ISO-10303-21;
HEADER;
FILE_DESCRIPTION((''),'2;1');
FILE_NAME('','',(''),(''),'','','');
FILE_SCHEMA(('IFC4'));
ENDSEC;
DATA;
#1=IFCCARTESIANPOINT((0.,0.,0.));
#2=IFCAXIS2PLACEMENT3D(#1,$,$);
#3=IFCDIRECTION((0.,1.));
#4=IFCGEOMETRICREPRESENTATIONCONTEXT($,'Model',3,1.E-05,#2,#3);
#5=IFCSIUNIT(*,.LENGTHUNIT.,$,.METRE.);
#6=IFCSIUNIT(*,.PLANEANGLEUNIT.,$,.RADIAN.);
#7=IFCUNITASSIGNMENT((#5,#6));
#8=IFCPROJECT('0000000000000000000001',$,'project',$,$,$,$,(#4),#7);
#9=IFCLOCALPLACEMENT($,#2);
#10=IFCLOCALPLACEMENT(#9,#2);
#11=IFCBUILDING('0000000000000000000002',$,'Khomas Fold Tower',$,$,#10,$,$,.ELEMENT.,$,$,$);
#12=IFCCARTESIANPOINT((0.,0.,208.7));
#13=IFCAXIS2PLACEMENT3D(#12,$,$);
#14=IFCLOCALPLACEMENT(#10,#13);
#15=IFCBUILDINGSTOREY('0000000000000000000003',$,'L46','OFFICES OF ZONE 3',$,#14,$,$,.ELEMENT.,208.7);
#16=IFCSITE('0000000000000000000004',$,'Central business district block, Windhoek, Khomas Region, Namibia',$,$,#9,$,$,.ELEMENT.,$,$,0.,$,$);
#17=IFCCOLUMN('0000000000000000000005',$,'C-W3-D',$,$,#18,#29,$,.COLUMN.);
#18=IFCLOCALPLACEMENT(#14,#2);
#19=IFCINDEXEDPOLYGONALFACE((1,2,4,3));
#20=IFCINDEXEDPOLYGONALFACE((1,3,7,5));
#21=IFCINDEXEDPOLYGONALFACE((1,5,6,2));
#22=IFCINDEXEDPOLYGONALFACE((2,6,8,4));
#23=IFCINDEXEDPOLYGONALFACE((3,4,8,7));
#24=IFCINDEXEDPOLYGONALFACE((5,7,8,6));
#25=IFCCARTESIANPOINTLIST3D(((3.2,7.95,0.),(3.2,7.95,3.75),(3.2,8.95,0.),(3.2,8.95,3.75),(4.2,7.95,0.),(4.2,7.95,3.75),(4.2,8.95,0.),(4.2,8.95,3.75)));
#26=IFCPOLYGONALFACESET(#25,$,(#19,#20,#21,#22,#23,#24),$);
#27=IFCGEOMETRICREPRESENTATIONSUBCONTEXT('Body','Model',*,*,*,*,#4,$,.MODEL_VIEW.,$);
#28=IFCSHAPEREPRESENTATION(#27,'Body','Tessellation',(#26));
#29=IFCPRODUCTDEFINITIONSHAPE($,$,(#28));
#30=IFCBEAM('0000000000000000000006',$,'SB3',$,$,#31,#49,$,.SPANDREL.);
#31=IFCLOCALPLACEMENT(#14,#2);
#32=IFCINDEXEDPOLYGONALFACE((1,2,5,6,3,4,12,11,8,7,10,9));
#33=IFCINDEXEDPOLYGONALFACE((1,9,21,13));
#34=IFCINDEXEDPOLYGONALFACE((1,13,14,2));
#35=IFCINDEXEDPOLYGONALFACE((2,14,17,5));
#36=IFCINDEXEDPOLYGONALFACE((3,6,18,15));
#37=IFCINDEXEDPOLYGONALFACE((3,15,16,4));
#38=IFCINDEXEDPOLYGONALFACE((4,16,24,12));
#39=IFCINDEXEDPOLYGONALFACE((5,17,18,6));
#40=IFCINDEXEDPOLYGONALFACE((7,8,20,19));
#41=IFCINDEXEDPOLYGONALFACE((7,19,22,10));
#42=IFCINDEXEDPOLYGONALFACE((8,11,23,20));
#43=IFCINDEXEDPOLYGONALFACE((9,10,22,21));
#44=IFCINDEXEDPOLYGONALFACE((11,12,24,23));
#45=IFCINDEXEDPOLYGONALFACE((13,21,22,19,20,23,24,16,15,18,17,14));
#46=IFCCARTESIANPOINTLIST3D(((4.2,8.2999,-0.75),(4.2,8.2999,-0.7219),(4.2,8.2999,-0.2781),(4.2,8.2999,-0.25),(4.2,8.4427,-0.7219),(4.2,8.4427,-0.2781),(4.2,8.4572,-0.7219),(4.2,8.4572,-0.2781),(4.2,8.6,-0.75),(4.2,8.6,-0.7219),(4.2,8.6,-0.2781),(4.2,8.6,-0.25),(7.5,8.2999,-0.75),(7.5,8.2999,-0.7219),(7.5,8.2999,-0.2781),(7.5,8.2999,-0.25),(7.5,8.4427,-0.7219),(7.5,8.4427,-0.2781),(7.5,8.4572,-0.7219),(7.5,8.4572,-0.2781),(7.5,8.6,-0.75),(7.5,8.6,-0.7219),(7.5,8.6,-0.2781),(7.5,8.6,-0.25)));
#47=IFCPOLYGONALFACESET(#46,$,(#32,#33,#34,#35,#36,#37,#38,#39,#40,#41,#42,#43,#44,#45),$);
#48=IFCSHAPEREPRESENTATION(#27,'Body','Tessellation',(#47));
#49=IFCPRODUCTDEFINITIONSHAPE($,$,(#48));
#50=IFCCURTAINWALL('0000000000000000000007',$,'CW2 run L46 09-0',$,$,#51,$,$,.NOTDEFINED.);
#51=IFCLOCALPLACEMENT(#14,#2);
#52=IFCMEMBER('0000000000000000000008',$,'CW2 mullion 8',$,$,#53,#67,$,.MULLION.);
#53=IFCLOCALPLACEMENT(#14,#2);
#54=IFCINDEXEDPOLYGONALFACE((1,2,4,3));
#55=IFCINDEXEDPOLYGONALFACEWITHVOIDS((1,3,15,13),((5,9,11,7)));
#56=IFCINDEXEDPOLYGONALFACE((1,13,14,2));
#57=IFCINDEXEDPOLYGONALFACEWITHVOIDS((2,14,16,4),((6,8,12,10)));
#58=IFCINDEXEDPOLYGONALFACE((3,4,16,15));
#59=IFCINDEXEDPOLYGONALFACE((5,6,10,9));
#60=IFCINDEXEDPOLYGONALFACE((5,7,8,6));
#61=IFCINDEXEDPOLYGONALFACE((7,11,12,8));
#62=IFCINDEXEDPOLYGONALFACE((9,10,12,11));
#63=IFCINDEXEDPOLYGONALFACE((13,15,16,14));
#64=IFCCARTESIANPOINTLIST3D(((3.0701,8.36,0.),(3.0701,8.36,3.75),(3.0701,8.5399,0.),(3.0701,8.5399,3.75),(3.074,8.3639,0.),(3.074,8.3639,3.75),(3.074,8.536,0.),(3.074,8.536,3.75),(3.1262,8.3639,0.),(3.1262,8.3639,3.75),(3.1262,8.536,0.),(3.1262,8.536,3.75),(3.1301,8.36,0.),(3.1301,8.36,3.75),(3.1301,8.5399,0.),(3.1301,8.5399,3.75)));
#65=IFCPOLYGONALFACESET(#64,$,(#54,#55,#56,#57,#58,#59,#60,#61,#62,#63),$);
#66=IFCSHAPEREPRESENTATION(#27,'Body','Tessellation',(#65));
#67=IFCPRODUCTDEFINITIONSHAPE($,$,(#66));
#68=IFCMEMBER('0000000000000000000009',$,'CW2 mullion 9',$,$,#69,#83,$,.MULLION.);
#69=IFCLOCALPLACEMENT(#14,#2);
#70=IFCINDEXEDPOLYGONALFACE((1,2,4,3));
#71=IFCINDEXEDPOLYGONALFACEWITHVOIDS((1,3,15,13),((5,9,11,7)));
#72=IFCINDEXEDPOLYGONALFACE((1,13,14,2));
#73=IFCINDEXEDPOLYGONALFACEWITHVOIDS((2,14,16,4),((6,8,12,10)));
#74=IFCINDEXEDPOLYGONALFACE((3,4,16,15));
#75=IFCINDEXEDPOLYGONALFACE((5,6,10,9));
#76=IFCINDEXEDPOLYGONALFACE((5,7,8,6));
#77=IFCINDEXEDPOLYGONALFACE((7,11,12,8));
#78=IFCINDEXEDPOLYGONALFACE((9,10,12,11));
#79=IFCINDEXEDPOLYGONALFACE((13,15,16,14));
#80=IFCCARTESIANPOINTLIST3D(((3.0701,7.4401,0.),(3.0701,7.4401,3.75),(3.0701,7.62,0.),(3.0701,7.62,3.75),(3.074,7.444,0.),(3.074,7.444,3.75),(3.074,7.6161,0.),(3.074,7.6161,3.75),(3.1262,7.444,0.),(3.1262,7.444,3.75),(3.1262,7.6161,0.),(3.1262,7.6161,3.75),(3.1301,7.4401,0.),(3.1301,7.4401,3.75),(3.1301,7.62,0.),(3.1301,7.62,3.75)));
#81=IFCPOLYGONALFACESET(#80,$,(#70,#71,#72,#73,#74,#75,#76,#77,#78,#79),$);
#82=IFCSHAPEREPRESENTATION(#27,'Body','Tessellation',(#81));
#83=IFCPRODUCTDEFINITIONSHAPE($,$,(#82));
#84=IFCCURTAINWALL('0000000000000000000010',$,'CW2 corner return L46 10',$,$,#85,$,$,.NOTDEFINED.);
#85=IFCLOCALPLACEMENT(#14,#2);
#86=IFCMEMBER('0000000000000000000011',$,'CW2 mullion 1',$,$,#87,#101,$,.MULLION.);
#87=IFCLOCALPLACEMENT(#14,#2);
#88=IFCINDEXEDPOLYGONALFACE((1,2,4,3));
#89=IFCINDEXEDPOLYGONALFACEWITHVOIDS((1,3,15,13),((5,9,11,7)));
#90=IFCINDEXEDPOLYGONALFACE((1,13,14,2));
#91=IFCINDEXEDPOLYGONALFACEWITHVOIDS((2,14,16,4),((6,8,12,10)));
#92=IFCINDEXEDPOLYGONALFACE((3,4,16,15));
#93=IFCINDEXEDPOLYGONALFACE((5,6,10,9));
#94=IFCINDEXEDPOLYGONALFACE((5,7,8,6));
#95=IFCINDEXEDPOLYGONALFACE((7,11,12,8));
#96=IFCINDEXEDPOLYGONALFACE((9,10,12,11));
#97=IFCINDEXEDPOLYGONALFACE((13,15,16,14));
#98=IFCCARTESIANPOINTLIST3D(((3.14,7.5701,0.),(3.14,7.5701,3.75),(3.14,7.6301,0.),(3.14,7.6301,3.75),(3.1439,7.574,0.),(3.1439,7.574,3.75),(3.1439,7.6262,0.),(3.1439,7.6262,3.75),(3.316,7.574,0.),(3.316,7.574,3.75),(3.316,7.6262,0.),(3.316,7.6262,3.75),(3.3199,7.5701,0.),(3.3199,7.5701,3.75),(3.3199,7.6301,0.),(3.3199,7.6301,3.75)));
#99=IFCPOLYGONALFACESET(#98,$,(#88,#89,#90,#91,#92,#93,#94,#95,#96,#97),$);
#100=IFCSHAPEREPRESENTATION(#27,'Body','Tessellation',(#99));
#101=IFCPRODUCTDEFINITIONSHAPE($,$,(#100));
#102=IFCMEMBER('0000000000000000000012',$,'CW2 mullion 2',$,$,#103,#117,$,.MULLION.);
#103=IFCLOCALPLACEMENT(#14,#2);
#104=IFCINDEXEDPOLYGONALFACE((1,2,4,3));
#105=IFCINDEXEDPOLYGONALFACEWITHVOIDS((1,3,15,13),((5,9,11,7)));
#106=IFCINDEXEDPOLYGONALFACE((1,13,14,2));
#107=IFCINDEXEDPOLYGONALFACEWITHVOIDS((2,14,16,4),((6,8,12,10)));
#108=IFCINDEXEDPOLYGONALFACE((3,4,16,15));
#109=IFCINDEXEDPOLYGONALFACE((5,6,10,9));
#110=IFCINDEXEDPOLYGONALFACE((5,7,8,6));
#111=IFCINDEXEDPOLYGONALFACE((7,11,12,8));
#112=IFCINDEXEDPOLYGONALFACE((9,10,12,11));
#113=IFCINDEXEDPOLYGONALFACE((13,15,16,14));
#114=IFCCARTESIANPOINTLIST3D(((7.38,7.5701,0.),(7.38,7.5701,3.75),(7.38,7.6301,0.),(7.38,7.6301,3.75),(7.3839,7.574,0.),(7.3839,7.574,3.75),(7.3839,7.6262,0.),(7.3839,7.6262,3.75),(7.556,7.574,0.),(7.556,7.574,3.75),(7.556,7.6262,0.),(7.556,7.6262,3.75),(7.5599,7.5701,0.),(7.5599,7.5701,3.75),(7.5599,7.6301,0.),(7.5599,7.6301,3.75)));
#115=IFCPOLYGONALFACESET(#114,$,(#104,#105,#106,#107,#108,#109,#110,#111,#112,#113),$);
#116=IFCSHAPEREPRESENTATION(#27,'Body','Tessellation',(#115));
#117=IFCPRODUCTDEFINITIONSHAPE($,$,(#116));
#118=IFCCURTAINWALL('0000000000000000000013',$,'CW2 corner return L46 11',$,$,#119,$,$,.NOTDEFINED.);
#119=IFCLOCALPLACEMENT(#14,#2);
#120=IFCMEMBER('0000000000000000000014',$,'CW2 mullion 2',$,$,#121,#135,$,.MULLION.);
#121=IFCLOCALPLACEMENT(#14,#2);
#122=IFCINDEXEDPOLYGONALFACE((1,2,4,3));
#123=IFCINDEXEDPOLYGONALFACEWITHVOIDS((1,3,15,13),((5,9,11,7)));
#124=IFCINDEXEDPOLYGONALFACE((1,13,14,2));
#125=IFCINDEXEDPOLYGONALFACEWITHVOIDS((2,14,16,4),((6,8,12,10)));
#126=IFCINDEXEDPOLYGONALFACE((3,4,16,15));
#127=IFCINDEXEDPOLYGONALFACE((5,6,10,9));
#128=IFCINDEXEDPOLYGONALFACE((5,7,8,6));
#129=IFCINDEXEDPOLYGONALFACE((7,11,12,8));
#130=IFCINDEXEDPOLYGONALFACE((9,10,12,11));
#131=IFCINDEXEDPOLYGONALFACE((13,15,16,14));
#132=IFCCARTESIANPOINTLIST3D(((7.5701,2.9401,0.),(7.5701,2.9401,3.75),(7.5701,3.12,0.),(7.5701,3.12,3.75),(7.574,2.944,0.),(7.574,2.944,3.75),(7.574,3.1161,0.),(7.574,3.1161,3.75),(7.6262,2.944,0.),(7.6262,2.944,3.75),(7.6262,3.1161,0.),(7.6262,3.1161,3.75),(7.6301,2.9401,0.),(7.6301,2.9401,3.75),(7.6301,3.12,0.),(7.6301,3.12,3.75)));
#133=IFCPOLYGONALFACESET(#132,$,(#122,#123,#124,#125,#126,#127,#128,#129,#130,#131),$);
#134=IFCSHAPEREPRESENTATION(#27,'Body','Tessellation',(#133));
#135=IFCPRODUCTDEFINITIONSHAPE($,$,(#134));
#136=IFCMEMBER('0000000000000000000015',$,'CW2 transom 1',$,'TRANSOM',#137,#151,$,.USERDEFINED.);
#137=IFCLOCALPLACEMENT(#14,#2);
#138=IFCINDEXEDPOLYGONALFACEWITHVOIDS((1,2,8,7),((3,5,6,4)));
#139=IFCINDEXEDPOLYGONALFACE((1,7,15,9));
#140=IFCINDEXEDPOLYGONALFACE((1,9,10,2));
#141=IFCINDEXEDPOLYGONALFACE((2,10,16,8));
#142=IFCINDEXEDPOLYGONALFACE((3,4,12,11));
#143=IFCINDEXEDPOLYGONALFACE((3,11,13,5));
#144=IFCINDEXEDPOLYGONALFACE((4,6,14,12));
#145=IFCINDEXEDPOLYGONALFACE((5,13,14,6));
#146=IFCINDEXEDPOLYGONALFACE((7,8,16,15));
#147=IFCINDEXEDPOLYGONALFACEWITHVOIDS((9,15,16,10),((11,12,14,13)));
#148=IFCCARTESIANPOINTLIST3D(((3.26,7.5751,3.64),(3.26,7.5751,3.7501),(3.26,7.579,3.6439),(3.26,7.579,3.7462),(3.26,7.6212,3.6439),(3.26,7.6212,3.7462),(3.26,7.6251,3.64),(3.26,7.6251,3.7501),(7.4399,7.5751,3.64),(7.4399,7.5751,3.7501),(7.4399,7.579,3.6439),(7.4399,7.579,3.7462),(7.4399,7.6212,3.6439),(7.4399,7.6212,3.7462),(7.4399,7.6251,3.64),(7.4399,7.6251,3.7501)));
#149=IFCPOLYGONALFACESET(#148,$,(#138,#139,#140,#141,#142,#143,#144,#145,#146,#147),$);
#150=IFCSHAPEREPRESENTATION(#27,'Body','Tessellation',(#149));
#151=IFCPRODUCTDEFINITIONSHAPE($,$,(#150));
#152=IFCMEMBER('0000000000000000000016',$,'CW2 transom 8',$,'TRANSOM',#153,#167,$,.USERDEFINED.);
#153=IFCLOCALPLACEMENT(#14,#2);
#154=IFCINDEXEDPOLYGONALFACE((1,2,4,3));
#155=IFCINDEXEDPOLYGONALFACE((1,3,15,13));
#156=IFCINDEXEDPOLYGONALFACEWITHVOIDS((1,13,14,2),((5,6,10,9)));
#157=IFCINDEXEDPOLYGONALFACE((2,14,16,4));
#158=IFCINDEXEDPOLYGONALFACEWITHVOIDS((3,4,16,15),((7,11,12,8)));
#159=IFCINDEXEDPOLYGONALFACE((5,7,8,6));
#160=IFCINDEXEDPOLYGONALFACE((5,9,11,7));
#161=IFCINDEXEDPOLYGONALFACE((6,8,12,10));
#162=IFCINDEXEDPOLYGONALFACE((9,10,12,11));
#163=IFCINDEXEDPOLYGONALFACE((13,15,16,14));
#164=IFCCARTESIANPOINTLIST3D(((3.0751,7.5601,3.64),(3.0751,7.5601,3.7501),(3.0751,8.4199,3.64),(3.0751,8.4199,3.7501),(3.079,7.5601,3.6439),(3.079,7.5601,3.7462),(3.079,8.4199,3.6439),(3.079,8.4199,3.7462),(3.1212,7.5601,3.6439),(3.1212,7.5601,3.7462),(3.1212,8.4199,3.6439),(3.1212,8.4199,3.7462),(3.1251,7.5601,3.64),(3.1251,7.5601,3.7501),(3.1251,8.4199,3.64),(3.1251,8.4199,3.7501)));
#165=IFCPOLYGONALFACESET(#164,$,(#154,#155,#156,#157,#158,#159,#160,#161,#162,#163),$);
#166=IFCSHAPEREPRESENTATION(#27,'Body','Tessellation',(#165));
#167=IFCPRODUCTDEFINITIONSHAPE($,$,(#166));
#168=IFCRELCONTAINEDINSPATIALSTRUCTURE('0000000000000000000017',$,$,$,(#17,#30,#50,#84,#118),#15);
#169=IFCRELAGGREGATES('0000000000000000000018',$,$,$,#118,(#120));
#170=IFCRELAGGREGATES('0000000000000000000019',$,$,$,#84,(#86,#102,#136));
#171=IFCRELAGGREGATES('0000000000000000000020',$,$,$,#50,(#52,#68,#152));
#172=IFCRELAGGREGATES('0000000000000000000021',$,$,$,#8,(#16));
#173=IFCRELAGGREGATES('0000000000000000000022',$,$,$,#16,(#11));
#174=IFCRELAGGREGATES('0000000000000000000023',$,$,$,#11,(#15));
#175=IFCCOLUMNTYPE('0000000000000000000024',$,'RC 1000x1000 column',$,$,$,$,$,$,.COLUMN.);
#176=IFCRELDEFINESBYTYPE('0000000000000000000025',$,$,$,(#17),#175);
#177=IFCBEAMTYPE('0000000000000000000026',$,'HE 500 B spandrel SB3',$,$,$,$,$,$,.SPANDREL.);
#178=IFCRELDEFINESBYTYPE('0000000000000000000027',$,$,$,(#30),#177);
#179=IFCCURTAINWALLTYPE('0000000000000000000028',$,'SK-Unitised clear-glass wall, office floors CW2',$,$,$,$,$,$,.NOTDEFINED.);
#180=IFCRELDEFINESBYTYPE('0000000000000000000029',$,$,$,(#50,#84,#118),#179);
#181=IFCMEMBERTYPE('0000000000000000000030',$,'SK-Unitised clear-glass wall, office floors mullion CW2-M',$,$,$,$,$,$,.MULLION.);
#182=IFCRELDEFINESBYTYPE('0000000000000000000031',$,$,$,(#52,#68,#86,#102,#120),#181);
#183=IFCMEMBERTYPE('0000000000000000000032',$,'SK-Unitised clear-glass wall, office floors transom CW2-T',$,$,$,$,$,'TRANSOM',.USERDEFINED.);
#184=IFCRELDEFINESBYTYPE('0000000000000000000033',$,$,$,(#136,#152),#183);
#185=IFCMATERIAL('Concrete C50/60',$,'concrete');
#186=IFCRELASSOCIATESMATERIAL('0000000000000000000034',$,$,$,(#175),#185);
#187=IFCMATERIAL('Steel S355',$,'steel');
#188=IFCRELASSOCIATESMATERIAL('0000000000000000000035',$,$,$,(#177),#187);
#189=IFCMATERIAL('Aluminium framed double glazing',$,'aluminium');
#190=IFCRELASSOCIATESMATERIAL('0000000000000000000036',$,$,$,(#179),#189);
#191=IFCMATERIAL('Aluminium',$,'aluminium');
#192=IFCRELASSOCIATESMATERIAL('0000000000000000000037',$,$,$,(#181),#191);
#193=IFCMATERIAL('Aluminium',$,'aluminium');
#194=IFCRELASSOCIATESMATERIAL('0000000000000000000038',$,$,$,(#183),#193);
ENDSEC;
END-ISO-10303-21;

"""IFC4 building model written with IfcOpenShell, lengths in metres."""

from ifc_helpers import new_model, si_unit, direction, frame, origin, origin_2d, place, context, subcontext, project, spatial, rectangle, hollow_rectangle, i_section, extrude, source, transform, mapped, material, material_profile, profile_set, type_object, element, aggregate, save


model = new_model("IFC4")

# Units and contexts
model_context = context("Model", 3, precision=1e-05, world=origin(), true_north=direction((0.0, 1.0)))
body_context = subcontext(model_context, "Body", "Model", "MODEL_VIEW")
ifc_project = project(units=[si_unit("LENGTHUNIT", "METRE"), si_unit("PLANEANGLEUNIT", "RADIAN")], contexts=[model_context])

# Site, building, storey
site_placement = place(None, origin())
site = spatial("IfcSite", under=ifc_project, at=site_placement, Name="Central business district block, Windhoek, Khomas Region, Namibia", CompositionType="ELEMENT", RefElevation=0.0)
building_placement = place(site_placement, origin())
building = spatial("IfcBuilding", under=site, at=building_placement, Name="Khomas Fold Tower", CompositionType="ELEMENT")
storey_placement = place(building_placement, frame((0.0, 0.0, 208.7)))
storey = spatial("IfcBuildingStorey", under=building, at=storey_placement, Name="L46", Description="OFFICES OF ZONE 3", CompositionType="ELEMENT", Elevation=208.7)

# Column
ifc_material_1 = material(Name="Concrete C50/60", Category="concrete")
ifc_material_profile_1 = material_profile(ifc_material_1, rectangle(XDim=1.0, YDim=1.0, at=origin_2d()), Name="RC 1000x1000")
ifc_profile_set_1 = profile_set([ifc_material_profile_1], Name="Concrete C50/60")
column_type = type_object("IfcColumnType", Name="RC 1000x1000 column", PredefinedType="COLUMN", material=ifc_profile_set_1)
shared_shape_1 = source(origin(), body_context, "Body", "SweptSolid", [
    extrude(rectangle(XDim=1.0, YDim=1.0, at=origin_2d()), origin(), (0.0, 0.0, 1.0), 3.75),
])
column_placement = place(storey_placement, frame((3.7, 8.45, 0.0), z_axis=(0.0, 0.0, 1.0), x_axis=(1.0, 0.0, 0.0)))
element("IfcColumn", 1, at=column_placement, inside=storey, type_object=column_type, Name="C-W3-D", PredefinedType="COLUMN", context=body_context, shape_type="MappedRepresentation", body=[
    mapped(shared_shape_1, transform((0.0, 0.0, 0.0))),
])

# Beam
ifc_material_2 = material(Name="Steel S355", Category="steel")
ifc_material_profile_2 = material_profile(ifc_material_2, i_section(OverallWidth=0.3, OverallDepth=0.5, WebThickness=0.0144, FlangeThickness=0.0281, at=origin_2d()), Name="HE 500 B")
ifc_profile_set_2 = profile_set([ifc_material_profile_2], Name="Steel S355")
beam_type = type_object("IfcBeamType", Name="HE 500 B spandrel SB3", PredefinedType="SPANDREL", material=ifc_profile_set_2)
shared_shape_2 = source(origin(), body_context, "Body", "SweptSolid", [
    extrude(i_section(OverallWidth=0.3, OverallDepth=0.5, WebThickness=0.0144, FlangeThickness=0.0281, at=origin_2d()), origin(), (0.0, 0.0, 1.0), 3.3),
])
beam_placement = place(storey_placement, frame((4.2, 8.45, -0.5), z_axis=(1.0, 0.0, 0.0), x_axis=(0.0, 1.0, 0.0)))
element("IfcBeam", 2, at=beam_placement, inside=storey, type_object=beam_type, Name="SB3", PredefinedType="SPANDREL", context=body_context, shape_type="MappedRepresentation", body=[
    mapped(shared_shape_2, transform((0.0, 0.0, 0.0))),
])

# Curtain walls, members
ifc_material_3 = material(Name="Aluminium framed double glazing", Category="aluminium")
curtain_wall_type = type_object("IfcCurtainWallType", Name="SK-Unitised clear-glass wall, office floors CW2", PredefinedType="NOTDEFINED", material=ifc_material_3)
curtain_wall_1_placement = place(storey_placement, origin())
curtain_wall_1 = element("IfcCurtainWall", 3, at=curtain_wall_1_placement, inside=storey, type_object=curtain_wall_type, Name="CW2 run L46 09-0", PredefinedType="NOTDEFINED")
ifc_material_4 = material(Name="Aluminium", Category="aluminium")
ifc_material_profile_3 = material_profile(ifc_material_4, hollow_rectangle(XDim=0.0601, YDim=0.1799, WallThickness=0.0039, at=origin_2d()), Name="SK-Unitised clear-glass wall, office floors mullion CW2-M")
ifc_profile_set_3 = profile_set([ifc_material_profile_3], Name="Aluminium")
member_type_1 = type_object("IfcMemberType", Name="SK-Unitised clear-glass wall, office floors mullion CW2-M", PredefinedType="MULLION", material=ifc_profile_set_3)
shared_shape_3 = source(origin(), body_context, "Body", "SweptSolid", [
    extrude(hollow_rectangle(XDim=0.0601, YDim=0.1799, WallThickness=0.0039, at=origin_2d()), origin(), (0.0, 0.0, 1.0), 3.75),
])
member_1_placement = place(storey_placement, frame((3.1001, 8.45, 0.0), z_axis=(0.0, 0.0, 1.0), x_axis=(1.0, 0.0, 0.0)))
member_1 = element("IfcMember", 4, at=member_1_placement, type_object=member_type_1, Name="CW2 mullion 8", PredefinedType="MULLION", context=body_context, shape_type="MappedRepresentation", body=[
    mapped(shared_shape_3, transform((0.0, 0.0, 0.0))),
])
member_2_placement = place(storey_placement, frame((3.1001, 7.53, 0.0), z_axis=(0.0, 0.0, 1.0), x_axis=(1.0, 0.0, 0.0)))
member_2 = element("IfcMember", 5, at=member_2_placement, type_object=member_type_1, Name="CW2 mullion 9", PredefinedType="MULLION", context=body_context, shape_type="MappedRepresentation", body=[
    mapped(shared_shape_3, transform((0.0, 0.0, 0.0))),
])
curtain_wall_2_placement = place(storey_placement, origin())
curtain_wall_2 = element("IfcCurtainWall", 6, at=curtain_wall_2_placement, inside=storey, type_object=curtain_wall_type, Name="CW2 corner return L46 10", PredefinedType="NOTDEFINED")
member_3_placement = place(storey_placement, frame((3.23, 7.6001, 0.0), z_axis=(0.0, 0.0, 1.0), x_axis=(0.0, 1.0, 0.0)))
member_3 = element("IfcMember", 7, at=member_3_placement, type_object=member_type_1, Name="CW2 mullion 1", PredefinedType="MULLION", context=body_context, shape_type="MappedRepresentation", body=[
    mapped(shared_shape_3, transform((0.0, 0.0, 0.0))),
])
member_4_placement = place(storey_placement, frame((7.47, 7.6001, 0.0), z_axis=(0.0, 0.0, 1.0), x_axis=(0.0, 1.0, 0.0)))
member_4 = element("IfcMember", 8, at=member_4_placement, type_object=member_type_1, Name="CW2 mullion 2", PredefinedType="MULLION", context=body_context, shape_type="MappedRepresentation", body=[
    mapped(shared_shape_3, transform((0.0, 0.0, 0.0))),
])

# Curtain wall, member
curtain_wall_3_placement = place(storey_placement, origin())
curtain_wall_3 = element("IfcCurtainWall", 9, at=curtain_wall_3_placement, inside=storey, type_object=curtain_wall_type, Name="CW2 corner return L46 11", PredefinedType="NOTDEFINED")
member_5_placement = place(storey_placement, frame((7.6001, 3.03, 0.0), z_axis=(0.0, 0.0, 1.0), x_axis=(1.0, 0.0, 0.0)))
member_5 = element("IfcMember", 10, at=member_5_placement, type_object=member_type_1, Name="CW2 mullion 2", PredefinedType="MULLION", context=body_context, shape_type="MappedRepresentation", body=[
    mapped(shared_shape_3, transform((0.0, 0.0, 0.0))),
])

# Members
ifc_material_5 = material(Name="Aluminium", Category="aluminium")
ifc_material_profile_4 = material_profile(ifc_material_5, hollow_rectangle(XDim=0.05, YDim=0.1101, WallThickness=0.0039, at=origin_2d()), Name="SK-Unitised clear-glass wall, office floors transom CW2-T")
ifc_profile_set_4 = profile_set([ifc_material_profile_4], Name="Aluminium")
member_type_2 = type_object("IfcMemberType", Name="SK-Unitised clear-glass wall, office floors transom CW2-T", ElementType="TRANSOM", PredefinedType="USERDEFINED", material=ifc_profile_set_4)
shared_shape_4 = source(origin(), body_context, "Body", "SweptSolid", [
    extrude(hollow_rectangle(XDim=0.05, YDim=0.1101, WallThickness=0.0039, at=origin_2d()), origin(), (0.0, 0.0, 1.0), 4.1799),
])
member_6_placement = place(storey_placement, frame((3.26, 7.6001, 3.6951), z_axis=(1.0, 0.0, 0.0), x_axis=(0.0, 1.0, 0.0)))
member_6 = element("IfcMember", 11, at=member_6_placement, type_object=member_type_2, Name="CW2 transom 1", ObjectType="TRANSOM", PredefinedType="USERDEFINED", context=body_context, shape_type="MappedRepresentation", body=[
    mapped(shared_shape_4, transform((0.0, 0.0, 0.0))),
])
shared_shape_5 = source(origin(), body_context, "Body", "SweptSolid", [
    extrude(hollow_rectangle(XDim=0.05, YDim=0.1101, WallThickness=0.0039, at=origin_2d()), origin(), (0.0, 0.0, 1.0), 0.8599),
])
member_7_placement = place(storey_placement, frame((3.1001, 8.4199, 3.6951), z_axis=(0.0, -1.0, 0.0), x_axis=(1.0, 0.0, 0.0)))
member_7 = element("IfcMember", 12, at=member_7_placement, type_object=member_type_2, Name="CW2 transom 8", ObjectType="TRANSOM", PredefinedType="USERDEFINED", context=body_context, shape_type="MappedRepresentation", body=[
    mapped(shared_shape_5, transform((0.0, 0.0, 0.0))),
])

aggregate(curtain_wall_3, [member_5])
aggregate(curtain_wall_2, [member_3, member_4, member_6])
aggregate(curtain_wall_1, [member_1, member_2, member_7])

save(model, "model.ifc")
